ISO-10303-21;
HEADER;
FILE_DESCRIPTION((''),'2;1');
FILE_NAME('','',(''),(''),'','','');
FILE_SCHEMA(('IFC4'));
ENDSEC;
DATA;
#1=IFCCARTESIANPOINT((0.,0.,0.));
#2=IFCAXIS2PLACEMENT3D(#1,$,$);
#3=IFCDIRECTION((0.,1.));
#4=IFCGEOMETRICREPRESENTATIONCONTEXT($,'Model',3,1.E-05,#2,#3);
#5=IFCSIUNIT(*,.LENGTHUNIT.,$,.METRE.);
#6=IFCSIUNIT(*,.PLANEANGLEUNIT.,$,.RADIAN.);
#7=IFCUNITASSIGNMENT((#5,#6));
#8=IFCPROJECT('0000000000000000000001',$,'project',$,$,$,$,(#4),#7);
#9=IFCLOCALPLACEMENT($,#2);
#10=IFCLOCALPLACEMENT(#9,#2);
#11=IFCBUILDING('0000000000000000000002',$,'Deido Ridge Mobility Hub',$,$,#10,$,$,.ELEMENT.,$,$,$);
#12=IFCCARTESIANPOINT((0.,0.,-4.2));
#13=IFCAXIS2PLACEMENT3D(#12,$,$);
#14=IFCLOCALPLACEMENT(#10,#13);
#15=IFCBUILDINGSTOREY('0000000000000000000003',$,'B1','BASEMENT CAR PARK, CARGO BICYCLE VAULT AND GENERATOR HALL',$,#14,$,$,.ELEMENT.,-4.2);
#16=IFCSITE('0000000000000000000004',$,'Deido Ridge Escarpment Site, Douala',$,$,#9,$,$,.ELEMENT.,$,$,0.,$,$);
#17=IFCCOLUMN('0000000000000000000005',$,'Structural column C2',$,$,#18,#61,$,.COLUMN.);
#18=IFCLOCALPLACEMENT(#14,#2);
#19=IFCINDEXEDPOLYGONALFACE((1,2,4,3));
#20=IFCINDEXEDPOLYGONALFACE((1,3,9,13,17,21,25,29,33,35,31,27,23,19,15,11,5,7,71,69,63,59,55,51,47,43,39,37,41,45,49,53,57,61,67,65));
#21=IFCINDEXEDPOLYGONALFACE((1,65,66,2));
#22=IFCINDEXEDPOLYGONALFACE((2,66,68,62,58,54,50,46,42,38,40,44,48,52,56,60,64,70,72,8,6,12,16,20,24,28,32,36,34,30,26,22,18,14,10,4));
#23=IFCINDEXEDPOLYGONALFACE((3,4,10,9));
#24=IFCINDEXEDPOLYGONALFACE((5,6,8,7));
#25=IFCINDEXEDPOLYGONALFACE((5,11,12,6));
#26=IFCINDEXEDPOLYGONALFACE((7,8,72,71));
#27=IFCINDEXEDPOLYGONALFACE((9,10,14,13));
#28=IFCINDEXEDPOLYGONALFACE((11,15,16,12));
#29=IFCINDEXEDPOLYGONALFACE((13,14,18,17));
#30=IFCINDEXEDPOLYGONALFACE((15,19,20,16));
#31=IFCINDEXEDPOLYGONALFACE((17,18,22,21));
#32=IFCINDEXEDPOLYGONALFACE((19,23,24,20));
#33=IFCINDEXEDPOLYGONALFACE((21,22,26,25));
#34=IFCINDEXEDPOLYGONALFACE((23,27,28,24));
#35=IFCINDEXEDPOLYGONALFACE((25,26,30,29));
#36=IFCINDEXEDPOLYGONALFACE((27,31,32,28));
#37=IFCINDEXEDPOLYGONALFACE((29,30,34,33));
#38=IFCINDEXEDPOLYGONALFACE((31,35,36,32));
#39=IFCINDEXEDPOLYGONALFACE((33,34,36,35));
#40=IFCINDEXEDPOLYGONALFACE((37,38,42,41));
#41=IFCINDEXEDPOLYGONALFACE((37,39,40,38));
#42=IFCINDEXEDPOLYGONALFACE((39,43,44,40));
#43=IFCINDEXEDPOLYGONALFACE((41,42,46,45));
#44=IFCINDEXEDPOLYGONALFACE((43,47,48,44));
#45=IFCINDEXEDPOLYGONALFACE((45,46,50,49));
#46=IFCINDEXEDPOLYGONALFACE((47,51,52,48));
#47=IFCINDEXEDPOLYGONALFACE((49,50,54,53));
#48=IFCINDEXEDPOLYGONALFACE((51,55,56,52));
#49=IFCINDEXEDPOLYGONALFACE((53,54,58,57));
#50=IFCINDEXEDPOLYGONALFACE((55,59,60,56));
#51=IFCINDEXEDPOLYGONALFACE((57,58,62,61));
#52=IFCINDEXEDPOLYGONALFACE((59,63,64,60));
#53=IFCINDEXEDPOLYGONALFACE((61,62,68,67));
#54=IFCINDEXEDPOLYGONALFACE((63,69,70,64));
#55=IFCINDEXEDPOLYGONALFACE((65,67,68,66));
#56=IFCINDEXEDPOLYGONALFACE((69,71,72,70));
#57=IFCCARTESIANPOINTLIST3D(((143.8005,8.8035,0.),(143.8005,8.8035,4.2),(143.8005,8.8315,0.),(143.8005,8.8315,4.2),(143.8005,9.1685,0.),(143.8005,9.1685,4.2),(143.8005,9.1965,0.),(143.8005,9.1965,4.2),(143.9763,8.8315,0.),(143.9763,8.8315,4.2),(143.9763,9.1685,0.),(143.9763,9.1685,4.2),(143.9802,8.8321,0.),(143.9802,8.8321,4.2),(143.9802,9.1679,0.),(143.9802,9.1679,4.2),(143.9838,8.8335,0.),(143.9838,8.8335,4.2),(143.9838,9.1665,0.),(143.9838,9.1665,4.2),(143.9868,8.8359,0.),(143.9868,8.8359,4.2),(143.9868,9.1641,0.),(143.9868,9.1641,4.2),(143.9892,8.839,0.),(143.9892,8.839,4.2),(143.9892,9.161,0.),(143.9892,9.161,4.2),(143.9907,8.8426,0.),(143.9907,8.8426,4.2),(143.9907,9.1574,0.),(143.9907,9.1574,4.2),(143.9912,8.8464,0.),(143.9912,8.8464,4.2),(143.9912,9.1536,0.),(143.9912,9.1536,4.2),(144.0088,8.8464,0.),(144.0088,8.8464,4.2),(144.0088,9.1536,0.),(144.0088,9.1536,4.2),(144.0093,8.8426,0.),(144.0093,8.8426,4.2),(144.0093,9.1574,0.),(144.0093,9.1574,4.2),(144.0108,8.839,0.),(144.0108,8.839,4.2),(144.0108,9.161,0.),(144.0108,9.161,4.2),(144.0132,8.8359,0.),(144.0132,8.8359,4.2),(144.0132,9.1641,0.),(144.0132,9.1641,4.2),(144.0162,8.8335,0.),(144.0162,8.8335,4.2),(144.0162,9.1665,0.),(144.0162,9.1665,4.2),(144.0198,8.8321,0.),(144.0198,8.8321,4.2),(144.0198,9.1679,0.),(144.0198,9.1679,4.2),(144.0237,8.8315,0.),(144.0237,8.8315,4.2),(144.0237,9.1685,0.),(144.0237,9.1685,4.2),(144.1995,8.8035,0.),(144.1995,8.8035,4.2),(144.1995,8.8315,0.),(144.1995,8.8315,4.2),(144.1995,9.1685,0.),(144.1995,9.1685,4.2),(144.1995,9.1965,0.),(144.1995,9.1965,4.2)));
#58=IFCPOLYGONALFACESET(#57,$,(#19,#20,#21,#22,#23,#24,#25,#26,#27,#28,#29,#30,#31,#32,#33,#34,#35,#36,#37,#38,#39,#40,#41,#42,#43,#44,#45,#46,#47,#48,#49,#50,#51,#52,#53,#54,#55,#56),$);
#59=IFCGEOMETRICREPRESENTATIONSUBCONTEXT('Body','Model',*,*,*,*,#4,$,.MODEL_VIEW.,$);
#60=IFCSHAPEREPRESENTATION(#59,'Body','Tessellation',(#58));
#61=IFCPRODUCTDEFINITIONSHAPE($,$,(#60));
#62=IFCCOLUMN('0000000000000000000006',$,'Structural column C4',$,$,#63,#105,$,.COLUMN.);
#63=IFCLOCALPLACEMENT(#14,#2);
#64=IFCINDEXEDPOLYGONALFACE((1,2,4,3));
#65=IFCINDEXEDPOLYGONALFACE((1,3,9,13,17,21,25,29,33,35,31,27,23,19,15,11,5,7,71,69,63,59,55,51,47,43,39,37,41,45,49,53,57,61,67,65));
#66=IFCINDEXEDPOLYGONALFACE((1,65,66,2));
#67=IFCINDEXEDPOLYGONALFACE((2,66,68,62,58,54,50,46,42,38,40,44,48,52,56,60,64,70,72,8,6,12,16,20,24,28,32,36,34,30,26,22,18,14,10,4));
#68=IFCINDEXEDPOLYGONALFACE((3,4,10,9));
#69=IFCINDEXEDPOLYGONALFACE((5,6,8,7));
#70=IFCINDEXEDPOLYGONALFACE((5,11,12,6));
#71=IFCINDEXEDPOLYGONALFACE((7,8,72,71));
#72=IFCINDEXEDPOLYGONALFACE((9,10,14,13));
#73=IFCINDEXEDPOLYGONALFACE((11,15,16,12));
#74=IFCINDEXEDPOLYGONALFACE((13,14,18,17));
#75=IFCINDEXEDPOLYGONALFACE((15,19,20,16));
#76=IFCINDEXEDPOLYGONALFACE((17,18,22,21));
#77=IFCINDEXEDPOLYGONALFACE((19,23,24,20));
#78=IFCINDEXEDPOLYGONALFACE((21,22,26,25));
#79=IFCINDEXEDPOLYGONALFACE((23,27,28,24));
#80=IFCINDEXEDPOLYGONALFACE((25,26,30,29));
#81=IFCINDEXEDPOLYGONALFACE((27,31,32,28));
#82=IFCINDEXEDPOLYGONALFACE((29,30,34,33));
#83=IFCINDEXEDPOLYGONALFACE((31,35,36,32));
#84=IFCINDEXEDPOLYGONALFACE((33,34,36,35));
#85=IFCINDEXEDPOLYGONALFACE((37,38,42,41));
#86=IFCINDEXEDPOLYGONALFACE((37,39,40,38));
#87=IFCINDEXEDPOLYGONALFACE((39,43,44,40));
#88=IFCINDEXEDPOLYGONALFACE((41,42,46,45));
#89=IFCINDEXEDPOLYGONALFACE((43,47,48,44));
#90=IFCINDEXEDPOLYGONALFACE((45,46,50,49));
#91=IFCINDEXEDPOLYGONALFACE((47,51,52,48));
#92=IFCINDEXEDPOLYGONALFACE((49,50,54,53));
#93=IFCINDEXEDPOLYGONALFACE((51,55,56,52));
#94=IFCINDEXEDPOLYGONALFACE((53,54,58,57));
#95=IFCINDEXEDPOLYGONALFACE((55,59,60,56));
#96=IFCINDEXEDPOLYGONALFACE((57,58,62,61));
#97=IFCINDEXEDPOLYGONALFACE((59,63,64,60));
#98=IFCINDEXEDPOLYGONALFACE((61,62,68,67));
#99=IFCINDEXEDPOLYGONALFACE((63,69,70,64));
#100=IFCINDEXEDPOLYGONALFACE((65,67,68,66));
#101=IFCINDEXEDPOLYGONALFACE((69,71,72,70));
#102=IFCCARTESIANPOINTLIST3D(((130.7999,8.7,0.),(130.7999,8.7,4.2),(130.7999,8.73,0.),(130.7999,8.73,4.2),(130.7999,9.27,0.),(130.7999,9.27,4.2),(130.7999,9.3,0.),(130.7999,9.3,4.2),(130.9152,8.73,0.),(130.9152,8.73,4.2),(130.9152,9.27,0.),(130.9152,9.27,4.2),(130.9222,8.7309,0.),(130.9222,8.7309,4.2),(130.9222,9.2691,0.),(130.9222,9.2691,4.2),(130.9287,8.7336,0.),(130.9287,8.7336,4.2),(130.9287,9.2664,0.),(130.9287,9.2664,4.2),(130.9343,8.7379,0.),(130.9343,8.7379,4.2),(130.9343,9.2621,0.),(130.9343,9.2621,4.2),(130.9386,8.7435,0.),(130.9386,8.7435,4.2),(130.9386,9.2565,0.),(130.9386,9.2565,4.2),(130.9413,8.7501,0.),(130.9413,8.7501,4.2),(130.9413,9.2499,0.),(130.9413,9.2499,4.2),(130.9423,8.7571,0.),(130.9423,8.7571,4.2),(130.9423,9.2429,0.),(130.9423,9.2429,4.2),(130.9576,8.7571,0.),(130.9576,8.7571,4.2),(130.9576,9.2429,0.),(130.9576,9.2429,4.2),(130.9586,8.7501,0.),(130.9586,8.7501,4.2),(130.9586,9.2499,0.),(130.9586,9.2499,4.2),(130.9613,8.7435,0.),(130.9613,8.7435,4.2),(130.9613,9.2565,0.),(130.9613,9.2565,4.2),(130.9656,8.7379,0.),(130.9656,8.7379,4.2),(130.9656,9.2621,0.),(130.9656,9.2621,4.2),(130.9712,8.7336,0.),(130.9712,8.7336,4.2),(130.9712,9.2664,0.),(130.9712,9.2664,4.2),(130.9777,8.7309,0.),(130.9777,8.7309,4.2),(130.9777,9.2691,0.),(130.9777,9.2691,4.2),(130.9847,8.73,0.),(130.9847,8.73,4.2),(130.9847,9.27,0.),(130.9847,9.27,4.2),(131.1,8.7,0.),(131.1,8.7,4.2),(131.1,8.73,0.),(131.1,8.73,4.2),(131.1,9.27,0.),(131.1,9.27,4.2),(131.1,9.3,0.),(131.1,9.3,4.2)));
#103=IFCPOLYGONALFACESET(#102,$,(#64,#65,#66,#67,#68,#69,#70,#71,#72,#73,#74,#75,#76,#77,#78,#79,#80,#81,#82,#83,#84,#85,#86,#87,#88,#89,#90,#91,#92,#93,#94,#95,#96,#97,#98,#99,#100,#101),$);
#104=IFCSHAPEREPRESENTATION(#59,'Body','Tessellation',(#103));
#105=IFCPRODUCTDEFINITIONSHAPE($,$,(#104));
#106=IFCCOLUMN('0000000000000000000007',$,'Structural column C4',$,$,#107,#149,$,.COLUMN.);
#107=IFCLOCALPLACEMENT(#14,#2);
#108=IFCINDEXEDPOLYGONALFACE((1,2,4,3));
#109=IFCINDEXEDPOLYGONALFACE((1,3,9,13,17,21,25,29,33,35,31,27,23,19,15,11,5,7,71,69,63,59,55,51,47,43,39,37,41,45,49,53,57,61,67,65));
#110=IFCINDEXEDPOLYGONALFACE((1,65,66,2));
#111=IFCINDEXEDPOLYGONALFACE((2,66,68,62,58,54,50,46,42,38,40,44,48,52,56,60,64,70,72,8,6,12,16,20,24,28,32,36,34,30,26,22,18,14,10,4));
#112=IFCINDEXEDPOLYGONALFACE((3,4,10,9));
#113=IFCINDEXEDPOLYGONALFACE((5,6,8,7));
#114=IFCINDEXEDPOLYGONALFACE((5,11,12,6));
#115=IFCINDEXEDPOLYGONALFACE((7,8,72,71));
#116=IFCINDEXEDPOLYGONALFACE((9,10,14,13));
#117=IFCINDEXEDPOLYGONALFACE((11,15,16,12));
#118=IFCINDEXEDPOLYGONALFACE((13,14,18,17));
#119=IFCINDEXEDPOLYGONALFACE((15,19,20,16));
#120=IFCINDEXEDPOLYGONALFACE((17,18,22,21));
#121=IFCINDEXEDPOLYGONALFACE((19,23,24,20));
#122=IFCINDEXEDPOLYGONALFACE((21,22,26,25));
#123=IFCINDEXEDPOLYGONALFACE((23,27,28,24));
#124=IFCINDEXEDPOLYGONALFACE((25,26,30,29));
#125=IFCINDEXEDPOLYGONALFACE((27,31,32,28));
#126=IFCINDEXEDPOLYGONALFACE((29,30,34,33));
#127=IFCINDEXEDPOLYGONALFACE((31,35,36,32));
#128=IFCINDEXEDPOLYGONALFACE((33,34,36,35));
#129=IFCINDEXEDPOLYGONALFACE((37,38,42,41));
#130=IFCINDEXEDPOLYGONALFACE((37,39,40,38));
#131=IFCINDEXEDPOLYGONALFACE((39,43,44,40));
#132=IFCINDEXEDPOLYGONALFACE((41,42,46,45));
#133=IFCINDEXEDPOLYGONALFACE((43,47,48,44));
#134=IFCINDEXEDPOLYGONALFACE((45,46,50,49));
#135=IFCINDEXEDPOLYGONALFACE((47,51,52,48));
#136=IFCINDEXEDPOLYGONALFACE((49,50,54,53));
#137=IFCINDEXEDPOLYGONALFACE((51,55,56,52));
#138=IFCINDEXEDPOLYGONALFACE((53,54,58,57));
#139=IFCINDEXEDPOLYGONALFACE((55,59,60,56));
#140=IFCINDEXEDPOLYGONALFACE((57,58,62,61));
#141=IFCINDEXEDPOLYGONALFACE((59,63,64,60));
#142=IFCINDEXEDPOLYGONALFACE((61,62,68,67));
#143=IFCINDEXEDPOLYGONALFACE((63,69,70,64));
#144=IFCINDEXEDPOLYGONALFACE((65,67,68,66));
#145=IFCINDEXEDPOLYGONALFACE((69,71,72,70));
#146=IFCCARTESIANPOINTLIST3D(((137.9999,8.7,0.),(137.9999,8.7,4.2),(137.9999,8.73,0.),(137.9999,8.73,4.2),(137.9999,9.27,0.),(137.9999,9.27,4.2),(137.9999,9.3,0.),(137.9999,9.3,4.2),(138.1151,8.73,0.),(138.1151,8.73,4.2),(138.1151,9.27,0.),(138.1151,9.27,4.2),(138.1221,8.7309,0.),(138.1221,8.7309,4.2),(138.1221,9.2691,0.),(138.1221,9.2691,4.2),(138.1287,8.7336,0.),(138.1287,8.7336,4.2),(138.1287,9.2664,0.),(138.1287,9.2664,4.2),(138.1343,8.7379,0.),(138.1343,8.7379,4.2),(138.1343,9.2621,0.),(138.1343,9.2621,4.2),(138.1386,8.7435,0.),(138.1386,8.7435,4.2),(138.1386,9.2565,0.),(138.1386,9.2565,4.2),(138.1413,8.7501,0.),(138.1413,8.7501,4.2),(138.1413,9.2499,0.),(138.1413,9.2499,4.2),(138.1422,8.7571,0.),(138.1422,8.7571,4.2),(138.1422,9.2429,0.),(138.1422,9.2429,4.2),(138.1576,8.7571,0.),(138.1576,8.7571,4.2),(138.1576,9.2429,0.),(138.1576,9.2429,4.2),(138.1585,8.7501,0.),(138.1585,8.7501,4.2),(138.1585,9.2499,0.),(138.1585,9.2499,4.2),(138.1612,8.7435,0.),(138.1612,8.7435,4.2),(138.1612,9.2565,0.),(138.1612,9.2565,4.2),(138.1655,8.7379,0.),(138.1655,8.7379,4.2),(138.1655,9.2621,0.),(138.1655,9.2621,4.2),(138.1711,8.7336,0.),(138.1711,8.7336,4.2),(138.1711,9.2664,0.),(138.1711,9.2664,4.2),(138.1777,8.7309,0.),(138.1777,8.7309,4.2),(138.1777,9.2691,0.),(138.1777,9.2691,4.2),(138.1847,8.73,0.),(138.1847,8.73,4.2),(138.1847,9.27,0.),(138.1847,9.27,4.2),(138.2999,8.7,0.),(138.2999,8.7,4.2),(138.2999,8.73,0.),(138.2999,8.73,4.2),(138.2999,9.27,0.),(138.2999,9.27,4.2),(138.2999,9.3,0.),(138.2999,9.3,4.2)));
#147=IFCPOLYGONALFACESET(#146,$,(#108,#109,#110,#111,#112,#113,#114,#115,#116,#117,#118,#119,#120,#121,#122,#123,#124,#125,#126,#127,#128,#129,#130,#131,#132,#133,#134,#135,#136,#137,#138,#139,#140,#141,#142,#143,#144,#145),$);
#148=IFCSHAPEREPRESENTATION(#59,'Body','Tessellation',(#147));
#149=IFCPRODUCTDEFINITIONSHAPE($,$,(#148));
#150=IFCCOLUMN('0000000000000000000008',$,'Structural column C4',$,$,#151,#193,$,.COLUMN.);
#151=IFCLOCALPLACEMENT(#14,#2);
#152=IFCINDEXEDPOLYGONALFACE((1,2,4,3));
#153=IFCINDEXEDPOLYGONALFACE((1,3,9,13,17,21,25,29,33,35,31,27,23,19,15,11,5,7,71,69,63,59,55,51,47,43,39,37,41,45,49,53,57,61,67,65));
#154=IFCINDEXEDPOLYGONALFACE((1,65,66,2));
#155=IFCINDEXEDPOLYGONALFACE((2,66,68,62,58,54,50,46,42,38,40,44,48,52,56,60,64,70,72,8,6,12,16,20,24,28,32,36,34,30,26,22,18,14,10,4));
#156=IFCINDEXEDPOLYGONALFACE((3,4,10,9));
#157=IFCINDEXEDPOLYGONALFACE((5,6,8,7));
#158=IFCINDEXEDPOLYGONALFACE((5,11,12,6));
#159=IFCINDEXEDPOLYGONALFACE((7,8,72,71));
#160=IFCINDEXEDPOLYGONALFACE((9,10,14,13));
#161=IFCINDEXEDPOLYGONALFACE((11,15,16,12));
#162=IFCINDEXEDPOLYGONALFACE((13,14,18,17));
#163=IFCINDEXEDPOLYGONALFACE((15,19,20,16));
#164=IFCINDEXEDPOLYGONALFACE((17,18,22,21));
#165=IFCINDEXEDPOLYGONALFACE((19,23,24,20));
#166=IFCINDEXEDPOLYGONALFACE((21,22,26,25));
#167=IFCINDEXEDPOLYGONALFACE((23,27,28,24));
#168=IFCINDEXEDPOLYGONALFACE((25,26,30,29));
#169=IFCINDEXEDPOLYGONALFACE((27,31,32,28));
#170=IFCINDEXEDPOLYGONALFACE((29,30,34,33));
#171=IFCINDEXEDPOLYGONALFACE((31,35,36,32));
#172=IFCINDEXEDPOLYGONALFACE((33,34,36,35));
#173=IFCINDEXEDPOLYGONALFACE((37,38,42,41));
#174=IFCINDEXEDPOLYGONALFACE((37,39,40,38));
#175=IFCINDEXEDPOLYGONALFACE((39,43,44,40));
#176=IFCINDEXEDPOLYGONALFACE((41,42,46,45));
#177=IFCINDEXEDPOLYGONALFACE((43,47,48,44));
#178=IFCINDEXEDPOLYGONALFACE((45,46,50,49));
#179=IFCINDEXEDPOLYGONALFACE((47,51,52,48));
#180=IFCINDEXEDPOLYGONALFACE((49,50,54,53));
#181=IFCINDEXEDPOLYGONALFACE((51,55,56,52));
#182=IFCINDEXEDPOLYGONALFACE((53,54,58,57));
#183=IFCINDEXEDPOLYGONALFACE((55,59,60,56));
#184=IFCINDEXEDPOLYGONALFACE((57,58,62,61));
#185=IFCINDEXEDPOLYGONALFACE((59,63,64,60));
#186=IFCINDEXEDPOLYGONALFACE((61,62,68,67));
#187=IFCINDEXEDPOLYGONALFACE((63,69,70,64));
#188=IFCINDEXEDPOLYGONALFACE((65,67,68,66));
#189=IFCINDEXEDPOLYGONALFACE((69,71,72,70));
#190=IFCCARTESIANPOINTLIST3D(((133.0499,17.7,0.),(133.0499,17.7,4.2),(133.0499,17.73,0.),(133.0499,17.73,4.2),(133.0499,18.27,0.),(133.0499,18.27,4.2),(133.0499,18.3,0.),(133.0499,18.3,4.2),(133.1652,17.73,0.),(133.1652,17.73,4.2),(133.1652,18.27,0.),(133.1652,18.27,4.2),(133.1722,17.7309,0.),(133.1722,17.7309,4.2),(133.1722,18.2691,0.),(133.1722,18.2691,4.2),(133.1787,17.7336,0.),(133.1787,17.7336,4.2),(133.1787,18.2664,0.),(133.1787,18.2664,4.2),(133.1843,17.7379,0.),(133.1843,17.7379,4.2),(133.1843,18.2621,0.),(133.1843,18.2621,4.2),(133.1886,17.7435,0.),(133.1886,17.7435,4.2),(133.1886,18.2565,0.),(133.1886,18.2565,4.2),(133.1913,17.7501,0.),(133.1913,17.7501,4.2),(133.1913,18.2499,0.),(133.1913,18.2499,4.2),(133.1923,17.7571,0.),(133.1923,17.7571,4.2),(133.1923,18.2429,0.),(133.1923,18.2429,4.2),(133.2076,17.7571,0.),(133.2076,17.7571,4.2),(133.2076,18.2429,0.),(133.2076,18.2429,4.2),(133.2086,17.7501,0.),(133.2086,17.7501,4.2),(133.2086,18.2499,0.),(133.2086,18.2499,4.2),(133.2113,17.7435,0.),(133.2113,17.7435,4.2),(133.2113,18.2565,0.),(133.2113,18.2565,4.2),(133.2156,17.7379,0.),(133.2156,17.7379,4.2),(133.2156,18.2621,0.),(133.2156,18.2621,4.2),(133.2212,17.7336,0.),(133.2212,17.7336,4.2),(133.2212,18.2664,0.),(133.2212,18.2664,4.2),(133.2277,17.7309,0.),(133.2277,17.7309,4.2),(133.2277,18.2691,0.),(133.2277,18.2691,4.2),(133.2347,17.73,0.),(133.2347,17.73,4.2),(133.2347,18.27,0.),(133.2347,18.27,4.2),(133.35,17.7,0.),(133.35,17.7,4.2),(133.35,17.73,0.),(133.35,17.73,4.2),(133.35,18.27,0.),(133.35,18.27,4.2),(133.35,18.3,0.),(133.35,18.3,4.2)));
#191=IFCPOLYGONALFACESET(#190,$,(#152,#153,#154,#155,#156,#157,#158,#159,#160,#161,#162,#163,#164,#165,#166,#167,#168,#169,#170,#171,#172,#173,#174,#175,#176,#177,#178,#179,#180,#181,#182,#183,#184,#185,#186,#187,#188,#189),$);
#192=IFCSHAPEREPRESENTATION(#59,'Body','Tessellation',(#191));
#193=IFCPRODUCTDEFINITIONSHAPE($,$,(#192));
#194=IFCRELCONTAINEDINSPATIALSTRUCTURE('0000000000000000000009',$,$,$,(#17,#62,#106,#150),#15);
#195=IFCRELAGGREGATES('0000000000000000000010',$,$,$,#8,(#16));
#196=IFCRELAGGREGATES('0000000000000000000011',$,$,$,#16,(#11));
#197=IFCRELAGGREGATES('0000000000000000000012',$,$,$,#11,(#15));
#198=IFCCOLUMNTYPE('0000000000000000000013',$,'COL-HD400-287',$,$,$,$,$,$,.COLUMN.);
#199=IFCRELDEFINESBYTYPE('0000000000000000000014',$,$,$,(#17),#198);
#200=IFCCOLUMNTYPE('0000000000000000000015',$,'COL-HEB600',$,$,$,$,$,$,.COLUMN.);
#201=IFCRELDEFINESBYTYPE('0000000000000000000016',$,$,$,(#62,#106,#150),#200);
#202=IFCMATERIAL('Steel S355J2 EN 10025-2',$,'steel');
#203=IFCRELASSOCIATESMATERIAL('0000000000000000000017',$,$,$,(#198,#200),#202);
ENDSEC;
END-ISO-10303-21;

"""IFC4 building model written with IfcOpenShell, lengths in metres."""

from ifc_helpers import new_model, si_unit, direction, frame, origin, origin_2d, place, context, subcontext, project, spatial, i_section, extrude, material, material_profile, profile_set, type_object, element, save


model = new_model("IFC4")

# Units and contexts
model_context = context("Model", 3, precision=1e-05, world=origin(), true_north=direction((0.0, 1.0)))
body_context = subcontext(model_context, "Body", "Model", "MODEL_VIEW")
ifc_project = project(units=[si_unit("LENGTHUNIT", "METRE"), si_unit("PLANEANGLEUNIT", "RADIAN")], contexts=[model_context])

# Site, building, storey
site_placement = place(None, origin())
site = spatial("IfcSite", under=ifc_project, at=site_placement, Name="Deido Ridge Escarpment Site, Douala", CompositionType="ELEMENT", RefElevation=0.0)
building_placement = place(site_placement, origin())
building = spatial("IfcBuilding", under=site, at=building_placement, Name="Deido Ridge Mobility Hub", CompositionType="ELEMENT")
storey_placement = place(building_placement, frame((0.0, 0.0, -4.2)))
storey = spatial("IfcBuildingStorey", under=building, at=storey_placement, Name="B1", Description="BASEMENT CAR PARK, CARGO BICYCLE VAULT AND GENERATOR HALL", CompositionType="ELEMENT", Elevation=-4.2)

# Columns
ifc_material_1 = material(Name="Steel S355J2 EN 10025-2", Category="steel")
ifc_material_profile_1 = material_profile(ifc_material_1, i_section(OverallWidth=0.3989, OverallDepth=0.3931, WebThickness=0.0176, FlangeThickness=0.0281, FilletRadius=0.0149, at=origin_2d()), Name="HD 400x287")
ifc_profile_set_1 = profile_set([ifc_material_profile_1], Name="Steel S355J2 EN 10025-2")
column_type_1 = type_object("IfcColumnType", Name="COL-HD400-287", PredefinedType="COLUMN", material=ifc_profile_set_1)
column_placement = place(storey_placement, frame((144.0, 9.0, 0.0), z_axis=(0.0, 0.0, 1.0), x_axis=(1.0, 0.0, 0.0)))
element("IfcColumn", 1, at=column_placement, inside=storey, type_object=column_type_1, Name="Structural column C2", PredefinedType="COLUMN", context=body_context, shape_type="SweptSolid", body=[
    extrude(i_section(OverallWidth=0.3989, OverallDepth=0.3931, WebThickness=0.0176, FlangeThickness=0.0281, FilletRadius=0.0149, at=origin_2d()), origin(), (0.0, 0.0, 1.0), 4.2),
])
ifc_material_profile_2 = material_profile(ifc_material_1, i_section(OverallWidth=0.3, OverallDepth=0.6001, WebThickness=0.0154, FlangeThickness=0.03, FilletRadius=0.0271, at=origin_2d()), Name="HEB 600")
ifc_profile_set_2 = profile_set([ifc_material_profile_2], Name="Steel S355J2 EN 10025-2")
column_type_2 = type_object("IfcColumnType", Name="COL-HEB600", PredefinedType="COLUMN", material=ifc_profile_set_2)
for number, where, z_axis, x_axis, name in (
    (2, (130.95, 9.0, 0.0), (0.0, 0.0, 1.0), (1.0, 0.0, 0.0), "Structural column C4"),
    (3, (138.1499, 9.0, 0.0), (0.0, 0.0, 1.0), (1.0, 0.0, 0.0), "Structural column C4"),
    (4, (133.2, 18.0, 0.0), (0.0, 0.0, 1.0), (1.0, 0.0, 0.0), "Structural column C4"),
):
    element("IfcColumn", number, at=place(storey_placement, frame(where, z_axis=z_axis, x_axis=x_axis)), inside=storey, type_object=column_type_2, Name=name, PredefinedType="COLUMN", context=body_context, shape_type="SweptSolid", body=[
        extrude(i_section(OverallWidth=0.3, OverallDepth=0.6001, WebThickness=0.0154, FlangeThickness=0.03, FilletRadius=0.0271, at=origin_2d()), origin(), (0.0, 0.0, 1.0), 4.2),
    ])

save(model, "model.ifc")
